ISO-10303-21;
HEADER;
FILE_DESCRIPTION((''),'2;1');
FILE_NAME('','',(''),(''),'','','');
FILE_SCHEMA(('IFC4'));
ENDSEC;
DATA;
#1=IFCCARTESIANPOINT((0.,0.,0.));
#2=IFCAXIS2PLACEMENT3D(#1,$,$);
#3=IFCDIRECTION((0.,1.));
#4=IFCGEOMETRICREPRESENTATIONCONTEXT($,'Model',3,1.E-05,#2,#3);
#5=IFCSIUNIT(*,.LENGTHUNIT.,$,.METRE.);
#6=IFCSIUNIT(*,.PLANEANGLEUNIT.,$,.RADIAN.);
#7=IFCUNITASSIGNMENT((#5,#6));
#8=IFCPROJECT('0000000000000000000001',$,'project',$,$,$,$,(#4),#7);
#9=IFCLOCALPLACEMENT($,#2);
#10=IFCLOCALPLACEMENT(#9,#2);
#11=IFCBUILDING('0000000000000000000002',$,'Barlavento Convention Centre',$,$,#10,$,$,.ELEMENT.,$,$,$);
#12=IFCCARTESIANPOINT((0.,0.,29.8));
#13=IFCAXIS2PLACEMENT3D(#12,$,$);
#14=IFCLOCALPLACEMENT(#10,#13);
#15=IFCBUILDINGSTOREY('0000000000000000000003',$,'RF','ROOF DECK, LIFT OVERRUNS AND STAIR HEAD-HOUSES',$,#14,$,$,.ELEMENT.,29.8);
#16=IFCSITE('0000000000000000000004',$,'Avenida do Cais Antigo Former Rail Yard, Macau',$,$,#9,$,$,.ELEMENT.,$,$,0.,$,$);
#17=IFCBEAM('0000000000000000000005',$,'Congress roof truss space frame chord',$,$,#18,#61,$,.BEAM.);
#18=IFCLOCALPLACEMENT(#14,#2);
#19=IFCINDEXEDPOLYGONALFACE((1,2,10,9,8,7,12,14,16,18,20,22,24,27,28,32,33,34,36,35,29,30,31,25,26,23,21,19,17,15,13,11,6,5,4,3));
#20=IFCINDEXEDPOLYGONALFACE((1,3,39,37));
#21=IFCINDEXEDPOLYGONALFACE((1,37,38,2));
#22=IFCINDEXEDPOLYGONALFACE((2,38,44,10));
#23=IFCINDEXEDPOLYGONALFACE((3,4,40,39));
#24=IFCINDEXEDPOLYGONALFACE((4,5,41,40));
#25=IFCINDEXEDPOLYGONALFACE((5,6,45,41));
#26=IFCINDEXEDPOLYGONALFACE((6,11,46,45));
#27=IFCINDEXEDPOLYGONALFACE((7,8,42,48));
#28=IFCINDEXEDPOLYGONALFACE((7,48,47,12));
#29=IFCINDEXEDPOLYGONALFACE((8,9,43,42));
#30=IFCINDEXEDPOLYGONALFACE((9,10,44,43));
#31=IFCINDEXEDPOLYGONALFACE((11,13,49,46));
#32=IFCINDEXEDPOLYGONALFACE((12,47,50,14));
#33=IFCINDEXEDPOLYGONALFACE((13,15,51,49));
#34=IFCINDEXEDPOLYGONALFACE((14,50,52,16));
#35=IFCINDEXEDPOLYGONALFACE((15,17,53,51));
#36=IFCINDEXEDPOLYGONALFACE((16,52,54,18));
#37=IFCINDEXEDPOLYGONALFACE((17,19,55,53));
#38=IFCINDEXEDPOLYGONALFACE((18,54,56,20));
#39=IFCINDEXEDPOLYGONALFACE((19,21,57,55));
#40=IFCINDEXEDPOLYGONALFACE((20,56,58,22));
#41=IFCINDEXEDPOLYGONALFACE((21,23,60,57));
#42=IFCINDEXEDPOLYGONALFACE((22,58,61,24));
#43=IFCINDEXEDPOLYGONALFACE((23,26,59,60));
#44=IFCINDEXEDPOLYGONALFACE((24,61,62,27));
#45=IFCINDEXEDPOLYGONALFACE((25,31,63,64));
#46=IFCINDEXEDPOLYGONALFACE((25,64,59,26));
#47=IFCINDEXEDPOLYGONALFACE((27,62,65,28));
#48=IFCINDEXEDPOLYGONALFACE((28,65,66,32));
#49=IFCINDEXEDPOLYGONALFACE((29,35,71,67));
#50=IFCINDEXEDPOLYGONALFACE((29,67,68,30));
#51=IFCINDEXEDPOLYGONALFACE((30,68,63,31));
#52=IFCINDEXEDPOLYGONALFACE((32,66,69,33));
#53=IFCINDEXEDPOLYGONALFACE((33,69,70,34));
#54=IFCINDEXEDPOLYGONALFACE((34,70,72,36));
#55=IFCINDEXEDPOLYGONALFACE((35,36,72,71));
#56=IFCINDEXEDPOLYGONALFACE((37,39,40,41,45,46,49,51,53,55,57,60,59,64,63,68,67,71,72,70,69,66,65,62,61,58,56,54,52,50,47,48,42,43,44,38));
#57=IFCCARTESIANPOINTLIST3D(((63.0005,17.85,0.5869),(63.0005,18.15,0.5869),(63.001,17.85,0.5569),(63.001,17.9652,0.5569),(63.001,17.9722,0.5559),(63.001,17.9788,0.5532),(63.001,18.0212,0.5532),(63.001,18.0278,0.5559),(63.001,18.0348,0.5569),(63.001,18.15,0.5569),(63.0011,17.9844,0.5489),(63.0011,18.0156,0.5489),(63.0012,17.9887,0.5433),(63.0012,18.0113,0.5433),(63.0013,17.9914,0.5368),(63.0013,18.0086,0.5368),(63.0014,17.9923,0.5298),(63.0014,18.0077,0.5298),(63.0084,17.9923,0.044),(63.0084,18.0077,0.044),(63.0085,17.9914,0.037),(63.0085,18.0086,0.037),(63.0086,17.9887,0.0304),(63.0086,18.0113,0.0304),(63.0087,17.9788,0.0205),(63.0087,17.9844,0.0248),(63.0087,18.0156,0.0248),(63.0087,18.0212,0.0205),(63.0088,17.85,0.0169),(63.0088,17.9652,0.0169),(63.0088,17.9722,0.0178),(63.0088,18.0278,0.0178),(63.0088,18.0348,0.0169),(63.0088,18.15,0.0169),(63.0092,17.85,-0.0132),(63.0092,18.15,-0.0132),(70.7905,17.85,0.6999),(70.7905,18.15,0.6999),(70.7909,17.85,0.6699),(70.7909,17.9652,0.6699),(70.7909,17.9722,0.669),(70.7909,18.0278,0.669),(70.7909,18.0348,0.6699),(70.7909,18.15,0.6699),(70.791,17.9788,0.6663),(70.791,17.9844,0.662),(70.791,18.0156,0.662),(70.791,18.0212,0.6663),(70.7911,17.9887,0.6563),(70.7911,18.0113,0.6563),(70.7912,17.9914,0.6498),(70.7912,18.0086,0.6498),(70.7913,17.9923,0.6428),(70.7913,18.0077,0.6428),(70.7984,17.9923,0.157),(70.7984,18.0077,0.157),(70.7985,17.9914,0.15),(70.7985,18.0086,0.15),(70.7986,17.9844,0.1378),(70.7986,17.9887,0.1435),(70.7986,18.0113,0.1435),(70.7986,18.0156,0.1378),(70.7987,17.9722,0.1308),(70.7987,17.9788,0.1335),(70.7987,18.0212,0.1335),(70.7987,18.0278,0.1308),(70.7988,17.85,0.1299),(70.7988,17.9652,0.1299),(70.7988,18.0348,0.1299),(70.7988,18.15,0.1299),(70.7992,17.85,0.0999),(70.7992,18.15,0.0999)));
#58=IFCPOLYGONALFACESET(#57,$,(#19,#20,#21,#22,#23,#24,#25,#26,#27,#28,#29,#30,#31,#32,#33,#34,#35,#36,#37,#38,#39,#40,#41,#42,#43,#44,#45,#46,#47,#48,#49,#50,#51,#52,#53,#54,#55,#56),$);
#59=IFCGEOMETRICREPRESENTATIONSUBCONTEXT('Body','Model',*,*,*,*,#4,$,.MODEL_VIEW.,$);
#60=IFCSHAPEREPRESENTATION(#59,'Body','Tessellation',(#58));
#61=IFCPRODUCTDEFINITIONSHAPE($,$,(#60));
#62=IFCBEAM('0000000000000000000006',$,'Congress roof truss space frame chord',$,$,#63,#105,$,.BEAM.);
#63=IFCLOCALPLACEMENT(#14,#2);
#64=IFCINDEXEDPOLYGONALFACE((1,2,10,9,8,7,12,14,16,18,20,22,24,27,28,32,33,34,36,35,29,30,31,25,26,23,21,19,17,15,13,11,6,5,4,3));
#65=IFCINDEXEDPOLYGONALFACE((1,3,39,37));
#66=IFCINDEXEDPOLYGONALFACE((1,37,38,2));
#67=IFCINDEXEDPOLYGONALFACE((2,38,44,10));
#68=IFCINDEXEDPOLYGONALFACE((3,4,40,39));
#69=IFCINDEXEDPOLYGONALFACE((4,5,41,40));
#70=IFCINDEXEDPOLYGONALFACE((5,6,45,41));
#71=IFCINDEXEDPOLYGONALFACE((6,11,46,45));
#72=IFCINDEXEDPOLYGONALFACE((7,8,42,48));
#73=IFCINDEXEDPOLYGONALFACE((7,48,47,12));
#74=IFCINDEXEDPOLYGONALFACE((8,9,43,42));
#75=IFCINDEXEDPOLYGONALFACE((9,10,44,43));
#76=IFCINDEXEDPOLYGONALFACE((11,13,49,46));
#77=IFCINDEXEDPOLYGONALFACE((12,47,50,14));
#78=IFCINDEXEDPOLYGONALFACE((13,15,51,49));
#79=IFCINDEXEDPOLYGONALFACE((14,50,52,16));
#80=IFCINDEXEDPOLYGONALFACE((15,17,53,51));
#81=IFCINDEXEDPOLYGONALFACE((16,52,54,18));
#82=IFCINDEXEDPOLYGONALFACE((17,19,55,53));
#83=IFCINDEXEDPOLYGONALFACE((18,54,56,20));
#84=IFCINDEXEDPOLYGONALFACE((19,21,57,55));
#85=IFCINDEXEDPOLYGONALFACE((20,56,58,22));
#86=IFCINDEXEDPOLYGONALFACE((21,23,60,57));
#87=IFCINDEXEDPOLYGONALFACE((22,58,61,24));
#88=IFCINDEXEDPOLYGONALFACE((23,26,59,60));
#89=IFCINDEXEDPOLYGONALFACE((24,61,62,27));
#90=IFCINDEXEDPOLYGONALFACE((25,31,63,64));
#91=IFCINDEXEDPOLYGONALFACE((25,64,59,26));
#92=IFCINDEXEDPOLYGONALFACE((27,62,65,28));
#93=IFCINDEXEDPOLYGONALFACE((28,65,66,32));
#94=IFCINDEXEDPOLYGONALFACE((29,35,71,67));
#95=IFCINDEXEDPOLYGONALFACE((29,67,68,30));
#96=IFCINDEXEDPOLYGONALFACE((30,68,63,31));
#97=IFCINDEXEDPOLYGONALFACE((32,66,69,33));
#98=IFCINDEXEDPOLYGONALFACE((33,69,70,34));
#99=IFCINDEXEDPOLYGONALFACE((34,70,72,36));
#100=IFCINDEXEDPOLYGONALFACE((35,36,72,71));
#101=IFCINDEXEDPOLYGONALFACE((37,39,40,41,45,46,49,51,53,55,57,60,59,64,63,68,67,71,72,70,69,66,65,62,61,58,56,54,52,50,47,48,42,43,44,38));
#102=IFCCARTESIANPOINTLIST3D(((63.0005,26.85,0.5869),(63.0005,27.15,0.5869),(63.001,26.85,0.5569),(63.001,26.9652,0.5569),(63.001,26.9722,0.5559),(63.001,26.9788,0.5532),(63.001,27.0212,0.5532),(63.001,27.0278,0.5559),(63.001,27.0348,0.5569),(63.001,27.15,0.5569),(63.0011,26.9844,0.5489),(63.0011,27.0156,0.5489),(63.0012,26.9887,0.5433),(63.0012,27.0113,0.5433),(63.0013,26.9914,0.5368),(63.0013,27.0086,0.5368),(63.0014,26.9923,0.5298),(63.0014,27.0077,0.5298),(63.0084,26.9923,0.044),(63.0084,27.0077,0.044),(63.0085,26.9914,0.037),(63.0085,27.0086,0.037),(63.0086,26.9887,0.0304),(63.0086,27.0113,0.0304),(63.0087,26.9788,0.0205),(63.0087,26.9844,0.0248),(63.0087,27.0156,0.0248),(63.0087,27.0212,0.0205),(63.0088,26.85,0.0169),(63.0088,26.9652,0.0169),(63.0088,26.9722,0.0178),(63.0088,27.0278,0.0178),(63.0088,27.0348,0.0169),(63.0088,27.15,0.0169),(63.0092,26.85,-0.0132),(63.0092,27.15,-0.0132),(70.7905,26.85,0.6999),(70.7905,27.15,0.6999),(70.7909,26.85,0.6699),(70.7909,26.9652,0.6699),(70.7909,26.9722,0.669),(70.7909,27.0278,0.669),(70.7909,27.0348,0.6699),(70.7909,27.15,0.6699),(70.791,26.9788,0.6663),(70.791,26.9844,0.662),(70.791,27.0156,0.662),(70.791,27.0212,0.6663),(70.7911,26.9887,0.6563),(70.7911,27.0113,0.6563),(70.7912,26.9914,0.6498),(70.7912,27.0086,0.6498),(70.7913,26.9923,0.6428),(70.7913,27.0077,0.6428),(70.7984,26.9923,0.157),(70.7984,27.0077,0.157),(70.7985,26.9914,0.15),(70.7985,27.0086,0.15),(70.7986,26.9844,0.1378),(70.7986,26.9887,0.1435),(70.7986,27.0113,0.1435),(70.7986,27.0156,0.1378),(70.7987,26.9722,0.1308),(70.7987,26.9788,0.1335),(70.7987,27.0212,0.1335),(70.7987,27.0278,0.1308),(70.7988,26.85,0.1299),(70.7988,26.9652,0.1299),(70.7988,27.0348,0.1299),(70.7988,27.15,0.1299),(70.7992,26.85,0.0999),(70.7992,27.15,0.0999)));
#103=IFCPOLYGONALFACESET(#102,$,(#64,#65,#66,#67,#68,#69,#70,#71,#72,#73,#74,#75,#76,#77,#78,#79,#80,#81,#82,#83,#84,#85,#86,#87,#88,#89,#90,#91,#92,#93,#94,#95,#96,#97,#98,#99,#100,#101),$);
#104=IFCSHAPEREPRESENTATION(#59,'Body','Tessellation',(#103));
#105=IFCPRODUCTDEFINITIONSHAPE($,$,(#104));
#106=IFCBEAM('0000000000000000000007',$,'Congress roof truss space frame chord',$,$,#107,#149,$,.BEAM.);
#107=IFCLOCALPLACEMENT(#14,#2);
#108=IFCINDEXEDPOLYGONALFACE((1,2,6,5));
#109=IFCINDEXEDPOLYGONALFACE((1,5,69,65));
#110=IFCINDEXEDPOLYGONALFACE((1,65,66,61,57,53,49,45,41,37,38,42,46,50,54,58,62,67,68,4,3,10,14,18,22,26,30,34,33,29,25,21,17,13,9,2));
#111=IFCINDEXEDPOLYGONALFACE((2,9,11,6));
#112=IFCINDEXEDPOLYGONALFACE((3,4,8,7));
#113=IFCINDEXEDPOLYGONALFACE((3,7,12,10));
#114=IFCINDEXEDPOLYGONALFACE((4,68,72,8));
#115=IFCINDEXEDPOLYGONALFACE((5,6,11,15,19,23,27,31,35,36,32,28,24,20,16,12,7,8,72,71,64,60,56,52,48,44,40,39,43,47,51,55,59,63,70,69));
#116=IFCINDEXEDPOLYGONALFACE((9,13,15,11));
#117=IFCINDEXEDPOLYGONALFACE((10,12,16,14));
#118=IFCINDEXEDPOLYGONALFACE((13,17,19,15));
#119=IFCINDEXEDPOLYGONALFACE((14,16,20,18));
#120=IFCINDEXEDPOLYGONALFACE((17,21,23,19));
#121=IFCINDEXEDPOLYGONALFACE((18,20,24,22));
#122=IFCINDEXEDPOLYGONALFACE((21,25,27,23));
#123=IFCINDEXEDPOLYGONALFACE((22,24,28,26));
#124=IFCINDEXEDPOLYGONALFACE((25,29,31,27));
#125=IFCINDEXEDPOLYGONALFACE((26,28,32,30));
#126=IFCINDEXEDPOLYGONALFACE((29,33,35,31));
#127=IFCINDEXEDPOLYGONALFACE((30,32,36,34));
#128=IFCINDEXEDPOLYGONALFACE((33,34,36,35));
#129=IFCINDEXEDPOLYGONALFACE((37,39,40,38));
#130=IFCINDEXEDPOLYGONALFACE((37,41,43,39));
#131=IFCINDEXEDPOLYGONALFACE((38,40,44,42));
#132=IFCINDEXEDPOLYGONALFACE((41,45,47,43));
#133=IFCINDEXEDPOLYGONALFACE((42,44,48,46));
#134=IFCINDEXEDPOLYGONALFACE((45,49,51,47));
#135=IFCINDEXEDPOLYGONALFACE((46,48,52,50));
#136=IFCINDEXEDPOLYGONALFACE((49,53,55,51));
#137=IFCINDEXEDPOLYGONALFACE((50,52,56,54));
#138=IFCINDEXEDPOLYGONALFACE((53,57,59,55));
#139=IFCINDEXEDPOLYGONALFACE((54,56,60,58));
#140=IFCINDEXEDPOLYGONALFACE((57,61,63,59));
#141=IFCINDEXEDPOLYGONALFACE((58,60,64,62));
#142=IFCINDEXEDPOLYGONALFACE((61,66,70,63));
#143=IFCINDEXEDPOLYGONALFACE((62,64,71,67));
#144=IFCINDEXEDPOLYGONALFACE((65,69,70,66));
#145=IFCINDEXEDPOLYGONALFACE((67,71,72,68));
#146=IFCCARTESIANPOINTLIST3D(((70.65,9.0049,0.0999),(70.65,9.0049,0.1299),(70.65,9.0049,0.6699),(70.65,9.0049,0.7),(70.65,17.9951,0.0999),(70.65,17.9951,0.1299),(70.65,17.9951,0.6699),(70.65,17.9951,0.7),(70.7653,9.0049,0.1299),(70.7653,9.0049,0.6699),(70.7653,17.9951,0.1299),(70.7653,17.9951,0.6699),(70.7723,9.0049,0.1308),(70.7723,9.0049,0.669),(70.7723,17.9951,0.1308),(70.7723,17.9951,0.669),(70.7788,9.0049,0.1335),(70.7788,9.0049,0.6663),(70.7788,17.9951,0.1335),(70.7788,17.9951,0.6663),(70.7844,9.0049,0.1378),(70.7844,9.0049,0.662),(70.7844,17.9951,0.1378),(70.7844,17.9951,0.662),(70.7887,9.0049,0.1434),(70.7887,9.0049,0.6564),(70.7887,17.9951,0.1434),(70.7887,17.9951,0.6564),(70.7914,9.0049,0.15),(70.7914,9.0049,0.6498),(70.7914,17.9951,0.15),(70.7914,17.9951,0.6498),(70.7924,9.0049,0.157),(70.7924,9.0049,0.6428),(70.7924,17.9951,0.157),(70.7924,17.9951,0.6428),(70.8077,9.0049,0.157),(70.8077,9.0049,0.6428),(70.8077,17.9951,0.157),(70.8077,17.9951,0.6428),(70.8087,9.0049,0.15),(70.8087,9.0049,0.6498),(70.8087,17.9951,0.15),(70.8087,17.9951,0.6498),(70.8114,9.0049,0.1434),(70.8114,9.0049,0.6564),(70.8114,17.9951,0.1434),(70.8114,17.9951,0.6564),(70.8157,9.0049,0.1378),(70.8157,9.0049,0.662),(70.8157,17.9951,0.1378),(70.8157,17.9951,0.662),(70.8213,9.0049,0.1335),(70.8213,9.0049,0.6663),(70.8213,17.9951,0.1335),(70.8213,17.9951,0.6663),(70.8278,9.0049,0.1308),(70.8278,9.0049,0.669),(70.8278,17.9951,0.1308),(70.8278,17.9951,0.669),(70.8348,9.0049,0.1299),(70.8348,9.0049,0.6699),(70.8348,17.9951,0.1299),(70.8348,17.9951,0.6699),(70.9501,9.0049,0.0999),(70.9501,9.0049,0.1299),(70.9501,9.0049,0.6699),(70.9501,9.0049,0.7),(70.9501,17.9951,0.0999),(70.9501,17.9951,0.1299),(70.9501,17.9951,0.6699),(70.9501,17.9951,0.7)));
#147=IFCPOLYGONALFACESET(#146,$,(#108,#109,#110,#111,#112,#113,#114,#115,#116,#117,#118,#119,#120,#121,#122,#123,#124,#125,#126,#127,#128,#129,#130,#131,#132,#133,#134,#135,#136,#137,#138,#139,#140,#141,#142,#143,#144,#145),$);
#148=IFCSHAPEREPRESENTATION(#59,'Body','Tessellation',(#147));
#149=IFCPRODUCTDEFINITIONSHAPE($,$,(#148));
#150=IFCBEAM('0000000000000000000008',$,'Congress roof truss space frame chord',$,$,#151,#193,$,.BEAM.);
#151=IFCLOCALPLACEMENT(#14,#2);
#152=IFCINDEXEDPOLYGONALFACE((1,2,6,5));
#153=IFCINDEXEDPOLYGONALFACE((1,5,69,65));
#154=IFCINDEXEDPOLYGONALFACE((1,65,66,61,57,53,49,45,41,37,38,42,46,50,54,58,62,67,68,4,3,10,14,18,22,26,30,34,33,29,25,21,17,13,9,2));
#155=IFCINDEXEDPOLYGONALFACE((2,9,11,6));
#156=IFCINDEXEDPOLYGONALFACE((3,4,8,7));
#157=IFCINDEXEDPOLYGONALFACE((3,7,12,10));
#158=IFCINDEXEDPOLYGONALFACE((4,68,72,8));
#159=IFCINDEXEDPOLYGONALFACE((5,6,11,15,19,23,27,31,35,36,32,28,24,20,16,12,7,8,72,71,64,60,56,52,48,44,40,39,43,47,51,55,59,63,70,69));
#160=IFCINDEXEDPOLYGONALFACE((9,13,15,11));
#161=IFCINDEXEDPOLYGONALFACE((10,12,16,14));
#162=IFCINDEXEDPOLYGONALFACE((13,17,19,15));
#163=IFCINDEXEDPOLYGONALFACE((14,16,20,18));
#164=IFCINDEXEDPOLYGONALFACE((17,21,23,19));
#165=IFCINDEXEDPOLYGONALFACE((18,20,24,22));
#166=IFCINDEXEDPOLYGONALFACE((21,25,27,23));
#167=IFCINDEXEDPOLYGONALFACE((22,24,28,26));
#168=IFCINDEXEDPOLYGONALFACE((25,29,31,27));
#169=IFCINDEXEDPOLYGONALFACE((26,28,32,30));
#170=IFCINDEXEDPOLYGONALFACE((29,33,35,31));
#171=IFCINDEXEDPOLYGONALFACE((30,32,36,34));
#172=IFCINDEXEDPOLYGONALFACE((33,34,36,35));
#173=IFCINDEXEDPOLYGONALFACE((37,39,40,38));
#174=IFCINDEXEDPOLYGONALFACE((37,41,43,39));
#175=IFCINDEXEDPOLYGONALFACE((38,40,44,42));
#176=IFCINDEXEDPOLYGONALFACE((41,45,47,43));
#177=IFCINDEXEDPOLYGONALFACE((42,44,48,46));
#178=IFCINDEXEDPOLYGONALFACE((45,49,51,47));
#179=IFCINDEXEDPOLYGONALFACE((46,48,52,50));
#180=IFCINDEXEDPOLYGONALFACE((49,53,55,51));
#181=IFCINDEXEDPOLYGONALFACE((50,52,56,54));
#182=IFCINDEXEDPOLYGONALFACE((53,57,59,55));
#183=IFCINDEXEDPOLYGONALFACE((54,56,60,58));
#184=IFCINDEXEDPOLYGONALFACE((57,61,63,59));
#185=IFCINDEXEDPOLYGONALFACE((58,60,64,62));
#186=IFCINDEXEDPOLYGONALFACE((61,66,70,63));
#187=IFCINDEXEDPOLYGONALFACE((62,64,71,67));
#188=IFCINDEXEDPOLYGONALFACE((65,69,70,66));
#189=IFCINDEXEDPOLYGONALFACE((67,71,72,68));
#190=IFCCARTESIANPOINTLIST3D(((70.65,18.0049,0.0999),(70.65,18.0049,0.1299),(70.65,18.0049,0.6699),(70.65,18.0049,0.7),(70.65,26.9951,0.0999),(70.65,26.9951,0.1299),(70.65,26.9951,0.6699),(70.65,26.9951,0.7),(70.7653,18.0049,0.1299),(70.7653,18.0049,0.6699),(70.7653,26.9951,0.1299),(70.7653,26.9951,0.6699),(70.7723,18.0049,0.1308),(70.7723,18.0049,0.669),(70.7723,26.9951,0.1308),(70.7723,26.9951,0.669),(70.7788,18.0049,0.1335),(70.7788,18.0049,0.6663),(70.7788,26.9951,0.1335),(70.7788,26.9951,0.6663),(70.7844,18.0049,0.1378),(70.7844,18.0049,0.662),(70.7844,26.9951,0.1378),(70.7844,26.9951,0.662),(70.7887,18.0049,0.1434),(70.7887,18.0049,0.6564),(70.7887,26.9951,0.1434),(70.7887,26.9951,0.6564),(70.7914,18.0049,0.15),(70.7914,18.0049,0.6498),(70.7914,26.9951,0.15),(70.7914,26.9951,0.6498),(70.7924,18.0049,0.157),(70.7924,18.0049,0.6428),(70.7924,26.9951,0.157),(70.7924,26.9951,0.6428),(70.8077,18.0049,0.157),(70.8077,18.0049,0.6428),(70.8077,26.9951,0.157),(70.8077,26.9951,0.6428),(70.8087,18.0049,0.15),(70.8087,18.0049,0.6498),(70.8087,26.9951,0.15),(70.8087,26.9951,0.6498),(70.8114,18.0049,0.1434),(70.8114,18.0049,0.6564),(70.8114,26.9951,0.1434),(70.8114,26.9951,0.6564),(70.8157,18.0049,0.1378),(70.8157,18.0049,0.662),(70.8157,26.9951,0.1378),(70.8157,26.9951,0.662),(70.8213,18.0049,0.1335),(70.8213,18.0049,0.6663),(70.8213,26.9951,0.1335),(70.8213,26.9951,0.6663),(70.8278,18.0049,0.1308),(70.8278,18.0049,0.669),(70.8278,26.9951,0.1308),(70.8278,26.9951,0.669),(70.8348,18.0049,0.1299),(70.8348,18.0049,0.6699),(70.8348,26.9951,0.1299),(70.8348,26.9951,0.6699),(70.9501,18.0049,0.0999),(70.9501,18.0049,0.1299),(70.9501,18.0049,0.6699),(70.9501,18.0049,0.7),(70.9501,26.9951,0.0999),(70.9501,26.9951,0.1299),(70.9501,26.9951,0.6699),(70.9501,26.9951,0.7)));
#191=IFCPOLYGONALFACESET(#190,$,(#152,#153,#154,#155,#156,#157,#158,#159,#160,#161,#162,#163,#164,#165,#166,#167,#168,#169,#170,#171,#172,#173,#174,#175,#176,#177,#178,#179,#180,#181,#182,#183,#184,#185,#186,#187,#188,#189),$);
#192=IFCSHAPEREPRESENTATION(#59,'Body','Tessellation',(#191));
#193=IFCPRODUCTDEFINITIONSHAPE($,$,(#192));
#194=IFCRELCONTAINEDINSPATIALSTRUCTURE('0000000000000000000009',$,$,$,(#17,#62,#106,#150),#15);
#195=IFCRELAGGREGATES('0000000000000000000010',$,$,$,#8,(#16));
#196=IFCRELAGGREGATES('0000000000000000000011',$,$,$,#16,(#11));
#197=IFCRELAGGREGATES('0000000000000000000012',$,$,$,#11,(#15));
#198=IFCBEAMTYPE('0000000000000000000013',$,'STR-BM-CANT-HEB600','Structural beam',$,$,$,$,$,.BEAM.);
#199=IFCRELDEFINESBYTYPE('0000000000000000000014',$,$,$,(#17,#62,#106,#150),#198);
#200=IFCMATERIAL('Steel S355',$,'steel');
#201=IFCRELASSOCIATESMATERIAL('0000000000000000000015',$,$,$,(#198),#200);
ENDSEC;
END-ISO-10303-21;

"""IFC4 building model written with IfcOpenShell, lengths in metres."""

from ifc_helpers import new_model, si_unit, direction, frame, origin, origin_2d, place, context, subcontext, project, spatial, i_section, extrude, material, material_profile, profile_set, type_object, element, save


model = new_model("IFC4")

# Units and contexts
model_context = context("Model", 3, precision=1e-05, world=origin(), true_north=direction((0.0, 1.0)))
body_context = subcontext(model_context, "Body", "Model", "MODEL_VIEW")
ifc_project = project(units=[si_unit("LENGTHUNIT", "METRE"), si_unit("PLANEANGLEUNIT", "RADIAN")], contexts=[model_context])

# Site, building, storey
site_placement = place(None, origin())
site = spatial("IfcSite", under=ifc_project, at=site_placement, Name="Avenida do Cais Antigo Former Rail Yard, Macau", CompositionType="ELEMENT", RefElevation=0.0)
building_placement = place(site_placement, origin())
building = spatial("IfcBuilding", under=site, at=building_placement, Name="Barlavento Convention Centre", CompositionType="ELEMENT")
storey_placement = place(building_placement, frame((0.0, 0.0, 29.8)))
storey = spatial("IfcBuildingStorey", under=building, at=storey_placement, Name="RF", Description="ROOF DECK, LIFT OVERRUNS AND STAIR HEAD-HOUSES", CompositionType="ELEMENT", Elevation=29.8)

# Beams
ifc_material_1 = material(Name="Steel S355", Category="steel")
ifc_material_profile_1 = material_profile(ifc_material_1, i_section(OverallWidth=0.3, OverallDepth=0.6001, WebThickness=0.0154, FlangeThickness=0.03, FilletRadius=0.0271, at=origin_2d()), Name="HEB 600")
ifc_profile_set_1 = profile_set([ifc_material_profile_1], Name="Steel S355")
beam_type = type_object("IfcBeamType", Name="STR-BM-CANT-HEB600", Description="Structural beam", PredefinedType="BEAM", material=ifc_profile_set_1)
for number, where, z_axis, x_axis, name in (
    (1, (63.0049, 18.0, 0.2869), (0.999895, 0.0, 0.014509), (0.0, 1.0, 0.0), "Congress roof truss space frame chord"),
    (2, (63.0049, 27.0, 0.2869), (0.999895, 0.0, 0.014509), (0.0, 1.0, 0.0), "Congress roof truss space frame chord"),
):
    element("IfcBeam", number, at=place(storey_placement, frame(where, z_axis=z_axis, x_axis=x_axis)), inside=storey, type_object=beam_type, Name=name, PredefinedType="BEAM", context=body_context, shape_type="SweptSolid", body=[
        extrude(i_section(OverallWidth=0.3, OverallDepth=0.6001, WebThickness=0.0154, FlangeThickness=0.03, FilletRadius=0.0271, at=origin_2d()), origin(), (0.0, 0.0, 1.0), 7.7908),
    ])
for number, where, z_axis, x_axis, name in (
    (3, (70.8, 9.0049, 0.3999), (0.0, 1.0, 0.0), (-1.0, 0.0, 0.0), "Congress roof truss space frame chord"),
    (4, (70.8, 18.0049, 0.3999), (0.0, 1.0, 0.0), (-1.0, 0.0, 0.0), "Congress roof truss space frame chord"),
):
    element("IfcBeam", number, at=place(storey_placement, frame(where, z_axis=z_axis, x_axis=x_axis)), inside=storey, type_object=beam_type, Name=name, PredefinedType="BEAM", context=body_context, shape_type="SweptSolid", body=[
        extrude(i_section(OverallWidth=0.3, OverallDepth=0.6001, WebThickness=0.0154, FlangeThickness=0.03, FilletRadius=0.0271, at=origin_2d()), origin(), (0.0, 0.0, 1.0), 8.9902),
    ])

save(model, "model.ifc")
